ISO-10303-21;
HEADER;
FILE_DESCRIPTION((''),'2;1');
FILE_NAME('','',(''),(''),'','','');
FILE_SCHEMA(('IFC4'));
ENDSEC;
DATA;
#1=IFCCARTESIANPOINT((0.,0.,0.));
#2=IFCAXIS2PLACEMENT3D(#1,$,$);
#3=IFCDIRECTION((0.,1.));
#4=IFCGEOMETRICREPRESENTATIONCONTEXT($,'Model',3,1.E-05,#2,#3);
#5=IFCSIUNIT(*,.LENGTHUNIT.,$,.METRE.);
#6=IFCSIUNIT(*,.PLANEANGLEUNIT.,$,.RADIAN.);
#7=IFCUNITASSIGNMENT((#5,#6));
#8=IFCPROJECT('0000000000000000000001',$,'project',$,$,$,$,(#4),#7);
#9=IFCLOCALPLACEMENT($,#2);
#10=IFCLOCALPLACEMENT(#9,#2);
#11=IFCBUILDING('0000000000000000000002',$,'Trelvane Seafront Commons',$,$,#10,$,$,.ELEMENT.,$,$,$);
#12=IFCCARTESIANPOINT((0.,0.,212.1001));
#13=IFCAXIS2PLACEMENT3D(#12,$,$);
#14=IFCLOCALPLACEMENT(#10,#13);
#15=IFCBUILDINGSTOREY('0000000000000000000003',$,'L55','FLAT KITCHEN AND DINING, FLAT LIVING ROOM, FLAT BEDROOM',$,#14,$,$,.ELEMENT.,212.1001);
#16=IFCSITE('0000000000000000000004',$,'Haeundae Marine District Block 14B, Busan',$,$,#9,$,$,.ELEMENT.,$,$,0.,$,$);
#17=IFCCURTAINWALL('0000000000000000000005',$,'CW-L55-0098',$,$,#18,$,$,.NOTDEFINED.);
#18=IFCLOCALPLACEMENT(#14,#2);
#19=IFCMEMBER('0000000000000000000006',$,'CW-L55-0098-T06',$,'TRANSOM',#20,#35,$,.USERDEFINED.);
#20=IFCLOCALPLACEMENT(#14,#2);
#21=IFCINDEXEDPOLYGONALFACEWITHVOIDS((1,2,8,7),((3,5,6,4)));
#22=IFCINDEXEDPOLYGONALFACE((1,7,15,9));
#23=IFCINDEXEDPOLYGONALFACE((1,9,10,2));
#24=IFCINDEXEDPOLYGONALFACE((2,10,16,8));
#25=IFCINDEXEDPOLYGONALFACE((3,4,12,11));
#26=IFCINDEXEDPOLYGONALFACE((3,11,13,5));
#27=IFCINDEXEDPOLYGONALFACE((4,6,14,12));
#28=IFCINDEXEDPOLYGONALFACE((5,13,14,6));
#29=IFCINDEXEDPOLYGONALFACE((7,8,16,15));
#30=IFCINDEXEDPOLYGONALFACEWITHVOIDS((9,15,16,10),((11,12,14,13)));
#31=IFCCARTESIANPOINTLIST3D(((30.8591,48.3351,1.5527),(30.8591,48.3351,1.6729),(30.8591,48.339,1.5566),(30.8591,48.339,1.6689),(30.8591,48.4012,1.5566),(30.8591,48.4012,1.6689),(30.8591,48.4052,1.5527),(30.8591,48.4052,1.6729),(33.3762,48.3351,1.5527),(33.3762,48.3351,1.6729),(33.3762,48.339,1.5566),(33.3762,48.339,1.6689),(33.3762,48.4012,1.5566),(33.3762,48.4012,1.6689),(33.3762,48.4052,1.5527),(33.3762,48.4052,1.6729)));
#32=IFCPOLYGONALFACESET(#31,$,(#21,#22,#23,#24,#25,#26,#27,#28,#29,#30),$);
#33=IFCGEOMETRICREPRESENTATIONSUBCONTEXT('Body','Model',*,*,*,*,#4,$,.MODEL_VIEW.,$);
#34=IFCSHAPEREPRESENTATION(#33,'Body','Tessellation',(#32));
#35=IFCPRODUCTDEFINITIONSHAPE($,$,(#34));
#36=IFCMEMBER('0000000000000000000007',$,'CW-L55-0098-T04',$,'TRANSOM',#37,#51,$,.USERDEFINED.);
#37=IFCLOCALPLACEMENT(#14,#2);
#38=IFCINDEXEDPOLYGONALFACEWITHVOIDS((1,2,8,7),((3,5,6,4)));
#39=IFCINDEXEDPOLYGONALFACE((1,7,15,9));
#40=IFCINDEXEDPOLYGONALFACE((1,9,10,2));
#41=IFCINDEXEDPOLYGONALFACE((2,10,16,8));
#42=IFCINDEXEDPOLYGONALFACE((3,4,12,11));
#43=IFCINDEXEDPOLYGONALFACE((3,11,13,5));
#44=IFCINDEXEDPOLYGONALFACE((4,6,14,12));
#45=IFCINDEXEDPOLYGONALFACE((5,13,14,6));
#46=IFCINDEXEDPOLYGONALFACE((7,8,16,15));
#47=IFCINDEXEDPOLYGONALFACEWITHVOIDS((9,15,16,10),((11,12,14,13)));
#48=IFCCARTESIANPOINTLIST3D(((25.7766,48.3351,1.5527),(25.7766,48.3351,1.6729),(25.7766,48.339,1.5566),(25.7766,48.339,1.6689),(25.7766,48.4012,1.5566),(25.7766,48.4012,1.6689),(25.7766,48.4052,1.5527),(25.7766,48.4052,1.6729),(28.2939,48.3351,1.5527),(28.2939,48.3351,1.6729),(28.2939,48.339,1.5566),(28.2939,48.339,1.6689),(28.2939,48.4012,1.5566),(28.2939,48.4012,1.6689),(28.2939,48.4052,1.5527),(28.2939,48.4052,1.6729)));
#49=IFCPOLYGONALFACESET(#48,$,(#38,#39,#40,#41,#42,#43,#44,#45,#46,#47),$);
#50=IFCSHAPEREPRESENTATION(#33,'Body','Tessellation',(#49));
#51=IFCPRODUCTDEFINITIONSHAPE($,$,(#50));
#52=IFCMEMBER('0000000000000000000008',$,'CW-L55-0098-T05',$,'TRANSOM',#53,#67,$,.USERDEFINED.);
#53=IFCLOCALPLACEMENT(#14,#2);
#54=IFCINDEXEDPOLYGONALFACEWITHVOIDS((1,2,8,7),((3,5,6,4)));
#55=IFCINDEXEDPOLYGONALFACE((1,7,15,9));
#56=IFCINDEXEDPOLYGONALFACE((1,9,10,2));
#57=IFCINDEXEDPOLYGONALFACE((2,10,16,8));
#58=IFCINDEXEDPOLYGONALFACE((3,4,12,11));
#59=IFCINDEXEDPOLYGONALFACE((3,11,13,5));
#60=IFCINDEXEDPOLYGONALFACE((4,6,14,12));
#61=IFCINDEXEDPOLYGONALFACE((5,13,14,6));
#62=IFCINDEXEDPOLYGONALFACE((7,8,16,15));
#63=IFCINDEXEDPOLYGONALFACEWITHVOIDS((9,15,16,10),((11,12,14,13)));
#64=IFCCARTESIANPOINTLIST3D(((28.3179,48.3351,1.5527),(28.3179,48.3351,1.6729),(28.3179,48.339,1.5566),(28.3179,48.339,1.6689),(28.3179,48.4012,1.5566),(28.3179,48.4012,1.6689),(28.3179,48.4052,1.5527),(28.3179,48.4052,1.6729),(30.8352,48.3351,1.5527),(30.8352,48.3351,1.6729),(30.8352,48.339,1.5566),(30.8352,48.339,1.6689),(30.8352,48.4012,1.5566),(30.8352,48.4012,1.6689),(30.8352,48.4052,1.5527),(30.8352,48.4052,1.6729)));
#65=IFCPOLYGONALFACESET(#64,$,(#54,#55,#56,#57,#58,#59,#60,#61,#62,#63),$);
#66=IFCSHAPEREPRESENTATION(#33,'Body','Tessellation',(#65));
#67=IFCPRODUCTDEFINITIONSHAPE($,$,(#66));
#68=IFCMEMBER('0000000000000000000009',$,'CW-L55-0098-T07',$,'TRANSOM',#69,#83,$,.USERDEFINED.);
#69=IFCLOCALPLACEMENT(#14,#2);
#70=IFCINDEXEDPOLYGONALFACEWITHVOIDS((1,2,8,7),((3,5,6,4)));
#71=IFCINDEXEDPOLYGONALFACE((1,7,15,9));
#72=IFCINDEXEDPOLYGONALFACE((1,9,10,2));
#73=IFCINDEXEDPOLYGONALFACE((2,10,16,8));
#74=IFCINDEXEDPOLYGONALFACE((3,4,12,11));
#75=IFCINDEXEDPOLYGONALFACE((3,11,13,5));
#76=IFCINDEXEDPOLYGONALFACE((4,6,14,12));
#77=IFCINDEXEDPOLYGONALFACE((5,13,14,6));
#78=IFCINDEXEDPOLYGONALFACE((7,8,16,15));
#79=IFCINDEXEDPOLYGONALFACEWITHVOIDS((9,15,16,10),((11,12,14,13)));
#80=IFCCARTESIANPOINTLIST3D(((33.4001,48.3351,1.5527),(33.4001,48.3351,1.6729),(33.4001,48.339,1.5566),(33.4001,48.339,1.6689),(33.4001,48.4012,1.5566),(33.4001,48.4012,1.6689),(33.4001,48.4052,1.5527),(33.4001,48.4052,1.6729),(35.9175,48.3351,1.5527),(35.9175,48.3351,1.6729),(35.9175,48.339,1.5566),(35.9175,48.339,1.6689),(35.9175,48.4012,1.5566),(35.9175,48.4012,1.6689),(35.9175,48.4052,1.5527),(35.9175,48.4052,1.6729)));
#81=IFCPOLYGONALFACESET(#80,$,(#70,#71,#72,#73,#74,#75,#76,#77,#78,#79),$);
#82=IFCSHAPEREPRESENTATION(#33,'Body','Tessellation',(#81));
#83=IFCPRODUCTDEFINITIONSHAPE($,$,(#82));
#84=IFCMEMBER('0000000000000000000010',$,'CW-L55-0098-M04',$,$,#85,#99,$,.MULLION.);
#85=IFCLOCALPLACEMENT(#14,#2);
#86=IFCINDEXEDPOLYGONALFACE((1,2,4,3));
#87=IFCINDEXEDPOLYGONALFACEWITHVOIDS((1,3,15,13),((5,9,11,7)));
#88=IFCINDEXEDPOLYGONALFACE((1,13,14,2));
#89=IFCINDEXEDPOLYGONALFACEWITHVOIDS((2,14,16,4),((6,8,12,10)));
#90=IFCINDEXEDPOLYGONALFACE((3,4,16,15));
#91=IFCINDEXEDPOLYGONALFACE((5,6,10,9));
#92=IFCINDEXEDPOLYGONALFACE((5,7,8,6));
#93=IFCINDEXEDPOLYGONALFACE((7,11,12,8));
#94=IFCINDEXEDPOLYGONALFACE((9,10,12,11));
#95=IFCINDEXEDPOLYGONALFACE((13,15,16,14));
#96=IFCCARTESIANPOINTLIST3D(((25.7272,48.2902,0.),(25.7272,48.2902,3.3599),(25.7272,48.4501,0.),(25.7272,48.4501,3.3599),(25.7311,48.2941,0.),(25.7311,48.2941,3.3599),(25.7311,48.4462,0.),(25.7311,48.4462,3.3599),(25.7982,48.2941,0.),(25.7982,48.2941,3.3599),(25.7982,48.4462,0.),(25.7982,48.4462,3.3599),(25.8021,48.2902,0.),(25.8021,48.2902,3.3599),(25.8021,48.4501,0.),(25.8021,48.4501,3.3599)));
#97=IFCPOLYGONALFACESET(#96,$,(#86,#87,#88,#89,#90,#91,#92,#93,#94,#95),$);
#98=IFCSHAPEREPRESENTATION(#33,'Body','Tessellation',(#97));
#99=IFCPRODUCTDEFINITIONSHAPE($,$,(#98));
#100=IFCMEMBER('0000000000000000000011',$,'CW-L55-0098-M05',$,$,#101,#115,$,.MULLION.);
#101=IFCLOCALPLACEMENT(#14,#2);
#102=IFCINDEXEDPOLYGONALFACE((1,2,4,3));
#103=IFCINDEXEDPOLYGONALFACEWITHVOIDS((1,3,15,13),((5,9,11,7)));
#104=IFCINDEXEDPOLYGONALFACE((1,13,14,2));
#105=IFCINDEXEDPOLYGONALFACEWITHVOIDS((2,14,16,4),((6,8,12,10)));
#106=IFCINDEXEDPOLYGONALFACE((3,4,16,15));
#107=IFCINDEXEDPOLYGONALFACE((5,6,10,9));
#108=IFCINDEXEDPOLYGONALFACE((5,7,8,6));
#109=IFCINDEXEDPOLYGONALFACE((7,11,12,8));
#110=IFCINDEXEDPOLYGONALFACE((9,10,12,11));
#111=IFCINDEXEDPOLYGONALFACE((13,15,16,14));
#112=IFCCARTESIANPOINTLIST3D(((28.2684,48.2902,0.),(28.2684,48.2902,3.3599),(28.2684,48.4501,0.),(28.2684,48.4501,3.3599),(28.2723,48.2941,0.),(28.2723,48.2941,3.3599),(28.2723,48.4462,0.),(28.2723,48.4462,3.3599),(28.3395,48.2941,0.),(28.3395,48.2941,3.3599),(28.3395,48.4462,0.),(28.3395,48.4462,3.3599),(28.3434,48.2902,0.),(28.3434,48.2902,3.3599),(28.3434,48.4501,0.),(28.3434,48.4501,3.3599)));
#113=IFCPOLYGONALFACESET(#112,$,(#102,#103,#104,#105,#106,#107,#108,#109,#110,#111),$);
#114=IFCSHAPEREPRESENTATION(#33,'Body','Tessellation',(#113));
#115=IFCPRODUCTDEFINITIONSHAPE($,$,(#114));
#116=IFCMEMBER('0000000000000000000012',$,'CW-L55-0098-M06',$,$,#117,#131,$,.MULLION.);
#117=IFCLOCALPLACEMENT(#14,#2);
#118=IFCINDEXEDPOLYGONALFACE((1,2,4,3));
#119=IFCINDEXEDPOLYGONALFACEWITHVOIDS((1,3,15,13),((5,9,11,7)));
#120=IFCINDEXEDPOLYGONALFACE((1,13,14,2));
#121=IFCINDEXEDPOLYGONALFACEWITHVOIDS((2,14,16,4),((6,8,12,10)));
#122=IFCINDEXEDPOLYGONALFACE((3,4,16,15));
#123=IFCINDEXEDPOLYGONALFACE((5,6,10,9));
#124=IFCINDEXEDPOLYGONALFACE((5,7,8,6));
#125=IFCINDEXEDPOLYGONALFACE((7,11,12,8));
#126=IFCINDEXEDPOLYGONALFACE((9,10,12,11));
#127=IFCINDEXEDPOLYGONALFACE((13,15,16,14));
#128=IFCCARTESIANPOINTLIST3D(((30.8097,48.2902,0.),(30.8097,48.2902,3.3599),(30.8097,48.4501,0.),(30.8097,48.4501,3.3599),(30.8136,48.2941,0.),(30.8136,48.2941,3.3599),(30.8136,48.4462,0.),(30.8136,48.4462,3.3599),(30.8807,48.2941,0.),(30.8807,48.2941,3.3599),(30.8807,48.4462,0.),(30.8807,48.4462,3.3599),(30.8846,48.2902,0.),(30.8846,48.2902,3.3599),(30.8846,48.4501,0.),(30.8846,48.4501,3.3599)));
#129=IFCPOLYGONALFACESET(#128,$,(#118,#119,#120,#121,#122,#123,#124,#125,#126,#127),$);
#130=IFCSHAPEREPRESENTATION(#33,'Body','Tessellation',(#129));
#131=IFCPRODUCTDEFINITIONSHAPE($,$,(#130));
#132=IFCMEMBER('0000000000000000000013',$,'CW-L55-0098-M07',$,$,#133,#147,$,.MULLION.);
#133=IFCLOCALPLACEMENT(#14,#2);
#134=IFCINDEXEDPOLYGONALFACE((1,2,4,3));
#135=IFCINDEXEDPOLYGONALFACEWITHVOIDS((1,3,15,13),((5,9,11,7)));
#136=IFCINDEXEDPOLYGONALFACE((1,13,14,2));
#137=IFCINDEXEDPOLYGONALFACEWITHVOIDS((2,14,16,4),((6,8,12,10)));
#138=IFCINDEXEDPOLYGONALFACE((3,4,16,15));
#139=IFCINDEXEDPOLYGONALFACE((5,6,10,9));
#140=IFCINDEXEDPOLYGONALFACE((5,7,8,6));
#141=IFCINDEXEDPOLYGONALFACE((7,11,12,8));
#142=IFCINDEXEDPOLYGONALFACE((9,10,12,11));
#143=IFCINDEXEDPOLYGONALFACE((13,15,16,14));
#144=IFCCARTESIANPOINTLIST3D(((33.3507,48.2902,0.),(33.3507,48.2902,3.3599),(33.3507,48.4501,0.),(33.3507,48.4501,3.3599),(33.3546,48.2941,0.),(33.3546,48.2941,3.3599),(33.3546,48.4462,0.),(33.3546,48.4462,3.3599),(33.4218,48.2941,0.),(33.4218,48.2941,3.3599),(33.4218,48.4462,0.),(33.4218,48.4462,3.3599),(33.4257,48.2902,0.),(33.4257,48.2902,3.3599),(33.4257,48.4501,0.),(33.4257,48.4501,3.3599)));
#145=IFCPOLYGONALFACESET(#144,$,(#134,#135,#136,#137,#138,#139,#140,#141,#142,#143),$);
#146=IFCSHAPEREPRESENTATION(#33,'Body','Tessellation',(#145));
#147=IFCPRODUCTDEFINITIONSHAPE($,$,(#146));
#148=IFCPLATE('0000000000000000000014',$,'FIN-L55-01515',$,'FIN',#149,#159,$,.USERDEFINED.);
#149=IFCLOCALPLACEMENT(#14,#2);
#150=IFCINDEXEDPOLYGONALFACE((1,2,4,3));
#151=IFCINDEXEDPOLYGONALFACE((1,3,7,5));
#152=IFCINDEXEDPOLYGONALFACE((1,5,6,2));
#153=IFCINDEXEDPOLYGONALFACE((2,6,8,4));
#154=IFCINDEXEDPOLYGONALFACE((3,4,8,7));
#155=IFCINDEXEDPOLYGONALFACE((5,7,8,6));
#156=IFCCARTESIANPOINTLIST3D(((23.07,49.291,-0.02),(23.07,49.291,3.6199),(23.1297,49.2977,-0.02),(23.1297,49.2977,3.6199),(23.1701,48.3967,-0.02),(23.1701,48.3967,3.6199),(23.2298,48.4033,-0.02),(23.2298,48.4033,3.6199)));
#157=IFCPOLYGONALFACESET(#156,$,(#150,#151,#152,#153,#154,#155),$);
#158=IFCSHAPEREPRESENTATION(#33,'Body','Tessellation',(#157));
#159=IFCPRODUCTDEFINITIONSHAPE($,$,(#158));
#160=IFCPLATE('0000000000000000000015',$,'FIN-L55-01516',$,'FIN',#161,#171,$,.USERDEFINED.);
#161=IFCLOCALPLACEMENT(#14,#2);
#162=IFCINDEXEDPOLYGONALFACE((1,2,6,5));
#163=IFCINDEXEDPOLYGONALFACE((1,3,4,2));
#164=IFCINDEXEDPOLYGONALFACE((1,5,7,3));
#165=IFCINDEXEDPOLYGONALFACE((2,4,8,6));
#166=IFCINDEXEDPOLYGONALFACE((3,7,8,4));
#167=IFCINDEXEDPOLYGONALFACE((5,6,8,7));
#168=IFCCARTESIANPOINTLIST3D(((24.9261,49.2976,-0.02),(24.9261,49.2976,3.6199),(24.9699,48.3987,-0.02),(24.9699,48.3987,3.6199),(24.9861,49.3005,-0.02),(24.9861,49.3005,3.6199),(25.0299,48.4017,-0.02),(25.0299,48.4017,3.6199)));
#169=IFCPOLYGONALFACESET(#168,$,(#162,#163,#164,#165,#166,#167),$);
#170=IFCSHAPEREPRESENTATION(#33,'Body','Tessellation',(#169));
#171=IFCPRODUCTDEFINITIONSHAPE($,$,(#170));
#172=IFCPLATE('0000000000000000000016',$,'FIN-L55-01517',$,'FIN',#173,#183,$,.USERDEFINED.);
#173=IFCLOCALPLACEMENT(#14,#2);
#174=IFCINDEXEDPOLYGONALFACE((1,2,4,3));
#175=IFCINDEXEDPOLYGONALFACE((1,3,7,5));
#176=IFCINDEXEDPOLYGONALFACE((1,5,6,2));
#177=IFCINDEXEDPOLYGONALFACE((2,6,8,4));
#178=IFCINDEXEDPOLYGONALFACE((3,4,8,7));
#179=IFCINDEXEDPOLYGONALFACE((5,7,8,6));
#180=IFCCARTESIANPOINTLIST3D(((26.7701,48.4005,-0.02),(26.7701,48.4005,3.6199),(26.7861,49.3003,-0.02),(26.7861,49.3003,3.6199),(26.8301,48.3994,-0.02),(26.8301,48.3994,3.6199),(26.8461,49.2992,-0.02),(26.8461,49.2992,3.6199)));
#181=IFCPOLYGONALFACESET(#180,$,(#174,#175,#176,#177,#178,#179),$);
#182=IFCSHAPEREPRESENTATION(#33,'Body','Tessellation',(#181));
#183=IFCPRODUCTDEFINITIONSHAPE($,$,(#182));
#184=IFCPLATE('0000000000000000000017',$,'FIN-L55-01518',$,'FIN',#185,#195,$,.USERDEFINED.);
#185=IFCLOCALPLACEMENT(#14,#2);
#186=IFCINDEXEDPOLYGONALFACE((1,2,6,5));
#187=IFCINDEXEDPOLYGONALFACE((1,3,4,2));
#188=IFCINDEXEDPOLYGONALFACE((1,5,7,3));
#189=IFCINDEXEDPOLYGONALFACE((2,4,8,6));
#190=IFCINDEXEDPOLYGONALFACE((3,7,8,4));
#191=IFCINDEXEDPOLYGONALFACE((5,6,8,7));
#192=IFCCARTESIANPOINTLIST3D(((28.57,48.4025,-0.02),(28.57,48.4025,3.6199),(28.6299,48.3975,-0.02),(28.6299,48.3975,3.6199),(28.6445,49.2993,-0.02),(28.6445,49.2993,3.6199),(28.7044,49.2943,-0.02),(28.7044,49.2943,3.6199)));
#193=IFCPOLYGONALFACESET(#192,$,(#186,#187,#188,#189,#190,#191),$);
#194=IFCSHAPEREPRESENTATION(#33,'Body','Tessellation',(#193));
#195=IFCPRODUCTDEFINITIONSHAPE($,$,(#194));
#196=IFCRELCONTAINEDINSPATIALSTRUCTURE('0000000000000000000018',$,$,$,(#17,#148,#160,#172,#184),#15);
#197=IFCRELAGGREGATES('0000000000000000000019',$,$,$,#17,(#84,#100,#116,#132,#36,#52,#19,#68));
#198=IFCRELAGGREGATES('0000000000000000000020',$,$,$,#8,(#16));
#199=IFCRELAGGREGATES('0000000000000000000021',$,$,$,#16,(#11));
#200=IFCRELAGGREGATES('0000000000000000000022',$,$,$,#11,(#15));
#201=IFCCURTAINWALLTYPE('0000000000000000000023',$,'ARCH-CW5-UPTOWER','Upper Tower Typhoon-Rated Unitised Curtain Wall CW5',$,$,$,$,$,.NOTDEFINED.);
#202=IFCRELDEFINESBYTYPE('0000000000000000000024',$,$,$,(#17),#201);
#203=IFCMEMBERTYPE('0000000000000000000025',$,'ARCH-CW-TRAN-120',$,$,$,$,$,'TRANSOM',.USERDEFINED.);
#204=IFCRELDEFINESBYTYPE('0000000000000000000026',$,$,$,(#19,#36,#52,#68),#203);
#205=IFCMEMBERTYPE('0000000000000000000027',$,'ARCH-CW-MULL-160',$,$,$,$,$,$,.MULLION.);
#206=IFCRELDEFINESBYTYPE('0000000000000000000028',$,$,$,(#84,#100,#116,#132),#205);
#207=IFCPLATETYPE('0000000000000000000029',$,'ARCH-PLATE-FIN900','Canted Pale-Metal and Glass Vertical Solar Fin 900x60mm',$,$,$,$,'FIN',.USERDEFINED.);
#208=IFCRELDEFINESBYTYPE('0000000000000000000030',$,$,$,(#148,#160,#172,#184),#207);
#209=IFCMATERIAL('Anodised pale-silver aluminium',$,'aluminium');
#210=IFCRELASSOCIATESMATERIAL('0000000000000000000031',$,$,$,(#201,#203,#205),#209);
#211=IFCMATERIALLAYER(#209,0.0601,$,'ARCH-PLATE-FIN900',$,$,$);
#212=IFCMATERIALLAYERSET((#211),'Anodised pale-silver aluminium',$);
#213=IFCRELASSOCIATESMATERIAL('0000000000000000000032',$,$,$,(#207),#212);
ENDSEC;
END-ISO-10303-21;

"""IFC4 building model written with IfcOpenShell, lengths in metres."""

from ifc_helpers import new_model, si_unit, direction, frame, origin, origin_2d, place, context, subcontext, project, spatial, rectangle, hollow_rectangle, extrude, source, transform, mapped, material, layer, layer_set, material_profile, profile_set, type_object, element, aggregate, save


model = new_model("IFC4")

# Units and contexts
model_context = context("Model", 3, precision=1e-05, world=origin(), true_north=direction((0.0, 1.0)))
body_context = subcontext(model_context, "Body", "Model", "MODEL_VIEW")
ifc_project = project(units=[si_unit("LENGTHUNIT", "METRE"), si_unit("PLANEANGLEUNIT", "RADIAN")], contexts=[model_context])

# Site, building, storey
site_placement = place(None, origin())
site = spatial("IfcSite", under=ifc_project, at=site_placement, Name="Haeundae Marine District Block 14B, Busan", CompositionType="ELEMENT", RefElevation=0.0)
building_placement = place(site_placement, origin())
building = spatial("IfcBuilding", under=site, at=building_placement, Name="Trelvane Seafront Commons", CompositionType="ELEMENT")
storey_placement = place(building_placement, frame((0.0, 0.0, 212.1001)))
storey = spatial("IfcBuildingStorey", under=building, at=storey_placement, Name="L55", Description="FLAT KITCHEN AND DINING, FLAT LIVING ROOM, FLAT BEDROOM", CompositionType="ELEMENT", Elevation=212.1001)

# Curtain wall, members
ifc_material_1 = material(Name="Anodised pale-silver aluminium", Category="aluminium")
curtain_wall_type = type_object("IfcCurtainWallType", Name="ARCH-CW5-UPTOWER", Description="Upper Tower Typhoon-Rated Unitised Curtain Wall CW5", PredefinedType="NOTDEFINED", material=ifc_material_1)
curtain_wall_placement = place(storey_placement, origin())
curtain_wall = element("IfcCurtainWall", 1, at=curtain_wall_placement, inside=storey, type_object=curtain_wall_type, Name="CW-L55-0098", PredefinedType="NOTDEFINED")
ifc_material_profile_1 = material_profile(ifc_material_1, hollow_rectangle(XDim=0.0701, YDim=0.1201, WallThickness=0.0039, at=origin_2d()), Name="TRAN-70x120x4")
ifc_profile_set_1 = profile_set([ifc_material_profile_1], Name="Anodised pale-silver aluminium")
member_type_1 = type_object("IfcMemberType", Name="ARCH-CW-TRAN-120", ElementType="TRANSOM", PredefinedType="USERDEFINED", material=ifc_profile_set_1)
shared_shape_1 = source(origin(), body_context, "Body", "SweptSolid", [
    extrude(hollow_rectangle(XDim=0.0701, YDim=0.1201, WallThickness=0.0039, at=origin_2d()), origin(), (0.0, 0.0, 1.0), 2.5171),
])
member_1_placement = place(storey_placement, frame((30.8591, 48.3701, 1.6128), z_axis=(1.0, 0.0, 0.0), x_axis=(0.0, 1.0, 0.0)))
member_1 = element("IfcMember", 2, at=member_1_placement, type_object=member_type_1, Name="CW-L55-0098-T06", ObjectType="TRANSOM", PredefinedType="USERDEFINED", context=body_context, shape_type="MappedRepresentation", body=[
    mapped(shared_shape_1, transform((0.0, 0.0, 0.0), x_axis=(1.0, 0.0, 0.0), y_axis=(0.0, 1.0, 0.0), z_axis=(0.0, 0.0, 1.0), scale=1.0)),
])
shared_shape_2 = source(origin(), body_context, "Body", "SweptSolid", [
    extrude(hollow_rectangle(XDim=0.0701, YDim=0.1201, WallThickness=0.0039, at=origin_2d()), origin(), (0.0, 0.0, 1.0), 2.5173),
])
member_2_placement = place(storey_placement, frame((25.7766, 48.3701, 1.6128), z_axis=(1.0, 0.0, 0.0), x_axis=(0.0, 1.0, 0.0)))
member_2 = element("IfcMember", 3, at=member_2_placement, type_object=member_type_1, Name="CW-L55-0098-T04", ObjectType="TRANSOM", PredefinedType="USERDEFINED", context=body_context, shape_type="MappedRepresentation", body=[
    mapped(shared_shape_2, transform((0.0, 0.0, 0.0), x_axis=(1.0, 0.0, 0.0), y_axis=(0.0, 1.0, 0.0), z_axis=(0.0, 0.0, 1.0), scale=1.0)),
])
member_3_placement = place(storey_placement, frame((28.3179, 48.3701, 1.6128), z_axis=(1.0, 0.0, 0.0), x_axis=(0.0, 1.0, 0.0)))
member_3 = element("IfcMember", 4, at=member_3_placement, type_object=member_type_1, Name="CW-L55-0098-T05", ObjectType="TRANSOM", PredefinedType="USERDEFINED", context=body_context, shape_type="MappedRepresentation", body=[
    mapped(shared_shape_2, transform((0.0, 0.0, 0.0), x_axis=(1.0, 0.0, 0.0), y_axis=(0.0, 1.0, 0.0), z_axis=(0.0, 0.0, 1.0), scale=1.0)),
])
member_4_placement = place(storey_placement, frame((33.4001, 48.3701, 1.6128), z_axis=(1.0, 0.0, 0.0), x_axis=(0.0, 1.0, 0.0)))
member_4 = element("IfcMember", 5, at=member_4_placement, type_object=member_type_1, Name="CW-L55-0098-T07", ObjectType="TRANSOM", PredefinedType="USERDEFINED", context=body_context, shape_type="MappedRepresentation", body=[
    mapped(shared_shape_2, transform((0.0, 0.0, 0.0), x_axis=(1.0, 0.0, 0.0), y_axis=(0.0, 1.0, 0.0), z_axis=(0.0, 0.0, 1.0), scale=1.0)),
])
ifc_material_profile_2 = material_profile(ifc_material_1, hollow_rectangle(XDim=0.075, YDim=0.1599, WallThickness=0.0039, at=origin_2d()), Name="MULL-75x160x4")
ifc_profile_set_2 = profile_set([ifc_material_profile_2], Name="Anodised pale-silver aluminium")
member_type_2 = type_object("IfcMemberType", Name="ARCH-CW-MULL-160", PredefinedType="MULLION", material=ifc_profile_set_2)
shared_shape_3 = source(origin(), body_context, "Body", "SweptSolid", [
    extrude(hollow_rectangle(XDim=0.075, YDim=0.1599, WallThickness=0.0039, at=origin_2d()), origin(), (0.0, 0.0, 1.0), 3.3599),
])
member_5_placement = place(storey_placement, frame((25.7646, 48.3701, 0.0), z_axis=(0.0, 0.0, 1.0), x_axis=(1.0, 0.0, 0.0)))
member_5 = element("IfcMember", 6, at=member_5_placement, type_object=member_type_2, Name="CW-L55-0098-M04", PredefinedType="MULLION", context=body_context, shape_type="MappedRepresentation", body=[
    mapped(shared_shape_3, transform((0.0, 0.0, 0.0), x_axis=(1.0, 0.0, 0.0), y_axis=(0.0, 1.0, 0.0), z_axis=(0.0, 0.0, 1.0), scale=1.0)),
])
member_6_placement = place(storey_placement, frame((28.3059, 48.3701, 0.0), z_axis=(0.0, 0.0, 1.0), x_axis=(1.0, 0.0, 0.0)))
member_6 = element("IfcMember", 7, at=member_6_placement, type_object=member_type_2, Name="CW-L55-0098-M05", PredefinedType="MULLION", context=body_context, shape_type="MappedRepresentation", body=[
    mapped(shared_shape_3, transform((0.0, 0.0, 0.0), x_axis=(1.0, 0.0, 0.0), y_axis=(0.0, 1.0, 0.0), z_axis=(0.0, 0.0, 1.0), scale=1.0)),
])
member_7_placement = place(storey_placement, frame((30.8472, 48.3701, 0.0), z_axis=(0.0, 0.0, 1.0), x_axis=(1.0, 0.0, 0.0)))
member_7 = element("IfcMember", 8, at=member_7_placement, type_object=member_type_2, Name="CW-L55-0098-M06", PredefinedType="MULLION", context=body_context, shape_type="MappedRepresentation", body=[
    mapped(shared_shape_3, transform((0.0, 0.0, 0.0), x_axis=(1.0, 0.0, 0.0), y_axis=(0.0, 1.0, 0.0), z_axis=(0.0, 0.0, 1.0), scale=1.0)),
])
member_8_placement = place(storey_placement, frame((33.3882, 48.3701, 0.0), z_axis=(0.0, 0.0, 1.0), x_axis=(1.0, 0.0, 0.0)))
member_8 = element("IfcMember", 9, at=member_8_placement, type_object=member_type_2, Name="CW-L55-0098-M07", PredefinedType="MULLION", context=body_context, shape_type="MappedRepresentation", body=[
    mapped(shared_shape_3, transform((0.0, 0.0, 0.0), x_axis=(1.0, 0.0, 0.0), y_axis=(0.0, 1.0, 0.0), z_axis=(0.0, 0.0, 1.0), scale=1.0)),
])

# Plates
ifc_layer_1 = layer(ifc_material_1, 0.0601, Name="ARCH-PLATE-FIN900")
ifc_layer_set_1 = layer_set([ifc_layer_1], Name="Anodised pale-silver aluminium")
plate_type_1 = type_object("IfcPlateType", Name="ARCH-PLATE-FIN900", Description="Canted Pale-Metal and Glass Vertical Solar Fin 900x60mm", ElementType="FIN", PredefinedType="USERDEFINED", material=ifc_layer_set_1)
shared_shape_4 = source(origin(), body_context, "Body", "SweptSolid", [
    extrude(rectangle(XDim=0.8999, YDim=0.0601, at=origin_2d()), origin(), (0.0, 0.0, 1.0), 3.6399),
])
for number, where, z_axis, x_axis, name in (
    (10, (23.1499, 48.8472, -0.02), (0.0, 0.0, 1.0), (-0.111224, 0.993795, 0.0), "FIN-L55-01515"),
    (11, (24.978, 48.8496, -0.02), (0.0, 0.0, 1.0), (-0.048668, 0.998815, 0.0), "FIN-L55-01516"),
    (12, (26.8081, 48.8499, -0.02), (0.0, 0.0, 1.0), (0.017777, 0.999842, 0.0), "FIN-L55-01517"),
    (13, (28.6372, 48.8484, -0.02), (0.0, 0.0, 1.0), (0.082779, 0.996568, 0.0), "FIN-L55-01518"),
):
    element("IfcPlate", number, at=place(storey_placement, frame(where, z_axis=z_axis, x_axis=x_axis)), inside=storey, type_object=plate_type_1, Name=name, ObjectType="FIN", PredefinedType="USERDEFINED", context=body_context, shape_type="MappedRepresentation", body=[
        mapped(shared_shape_4, transform((0.0, 0.0, 0.0), x_axis=(1.0, 0.0, 0.0), y_axis=(0.0, 1.0, 0.0), z_axis=(0.0, 0.0, 1.0), scale=1.0)),
    ])

aggregate(curtain_wall, [member_5, member_6, member_7, member_8, member_2, member_3, member_1, member_4])

save(model, "model.ifc")
